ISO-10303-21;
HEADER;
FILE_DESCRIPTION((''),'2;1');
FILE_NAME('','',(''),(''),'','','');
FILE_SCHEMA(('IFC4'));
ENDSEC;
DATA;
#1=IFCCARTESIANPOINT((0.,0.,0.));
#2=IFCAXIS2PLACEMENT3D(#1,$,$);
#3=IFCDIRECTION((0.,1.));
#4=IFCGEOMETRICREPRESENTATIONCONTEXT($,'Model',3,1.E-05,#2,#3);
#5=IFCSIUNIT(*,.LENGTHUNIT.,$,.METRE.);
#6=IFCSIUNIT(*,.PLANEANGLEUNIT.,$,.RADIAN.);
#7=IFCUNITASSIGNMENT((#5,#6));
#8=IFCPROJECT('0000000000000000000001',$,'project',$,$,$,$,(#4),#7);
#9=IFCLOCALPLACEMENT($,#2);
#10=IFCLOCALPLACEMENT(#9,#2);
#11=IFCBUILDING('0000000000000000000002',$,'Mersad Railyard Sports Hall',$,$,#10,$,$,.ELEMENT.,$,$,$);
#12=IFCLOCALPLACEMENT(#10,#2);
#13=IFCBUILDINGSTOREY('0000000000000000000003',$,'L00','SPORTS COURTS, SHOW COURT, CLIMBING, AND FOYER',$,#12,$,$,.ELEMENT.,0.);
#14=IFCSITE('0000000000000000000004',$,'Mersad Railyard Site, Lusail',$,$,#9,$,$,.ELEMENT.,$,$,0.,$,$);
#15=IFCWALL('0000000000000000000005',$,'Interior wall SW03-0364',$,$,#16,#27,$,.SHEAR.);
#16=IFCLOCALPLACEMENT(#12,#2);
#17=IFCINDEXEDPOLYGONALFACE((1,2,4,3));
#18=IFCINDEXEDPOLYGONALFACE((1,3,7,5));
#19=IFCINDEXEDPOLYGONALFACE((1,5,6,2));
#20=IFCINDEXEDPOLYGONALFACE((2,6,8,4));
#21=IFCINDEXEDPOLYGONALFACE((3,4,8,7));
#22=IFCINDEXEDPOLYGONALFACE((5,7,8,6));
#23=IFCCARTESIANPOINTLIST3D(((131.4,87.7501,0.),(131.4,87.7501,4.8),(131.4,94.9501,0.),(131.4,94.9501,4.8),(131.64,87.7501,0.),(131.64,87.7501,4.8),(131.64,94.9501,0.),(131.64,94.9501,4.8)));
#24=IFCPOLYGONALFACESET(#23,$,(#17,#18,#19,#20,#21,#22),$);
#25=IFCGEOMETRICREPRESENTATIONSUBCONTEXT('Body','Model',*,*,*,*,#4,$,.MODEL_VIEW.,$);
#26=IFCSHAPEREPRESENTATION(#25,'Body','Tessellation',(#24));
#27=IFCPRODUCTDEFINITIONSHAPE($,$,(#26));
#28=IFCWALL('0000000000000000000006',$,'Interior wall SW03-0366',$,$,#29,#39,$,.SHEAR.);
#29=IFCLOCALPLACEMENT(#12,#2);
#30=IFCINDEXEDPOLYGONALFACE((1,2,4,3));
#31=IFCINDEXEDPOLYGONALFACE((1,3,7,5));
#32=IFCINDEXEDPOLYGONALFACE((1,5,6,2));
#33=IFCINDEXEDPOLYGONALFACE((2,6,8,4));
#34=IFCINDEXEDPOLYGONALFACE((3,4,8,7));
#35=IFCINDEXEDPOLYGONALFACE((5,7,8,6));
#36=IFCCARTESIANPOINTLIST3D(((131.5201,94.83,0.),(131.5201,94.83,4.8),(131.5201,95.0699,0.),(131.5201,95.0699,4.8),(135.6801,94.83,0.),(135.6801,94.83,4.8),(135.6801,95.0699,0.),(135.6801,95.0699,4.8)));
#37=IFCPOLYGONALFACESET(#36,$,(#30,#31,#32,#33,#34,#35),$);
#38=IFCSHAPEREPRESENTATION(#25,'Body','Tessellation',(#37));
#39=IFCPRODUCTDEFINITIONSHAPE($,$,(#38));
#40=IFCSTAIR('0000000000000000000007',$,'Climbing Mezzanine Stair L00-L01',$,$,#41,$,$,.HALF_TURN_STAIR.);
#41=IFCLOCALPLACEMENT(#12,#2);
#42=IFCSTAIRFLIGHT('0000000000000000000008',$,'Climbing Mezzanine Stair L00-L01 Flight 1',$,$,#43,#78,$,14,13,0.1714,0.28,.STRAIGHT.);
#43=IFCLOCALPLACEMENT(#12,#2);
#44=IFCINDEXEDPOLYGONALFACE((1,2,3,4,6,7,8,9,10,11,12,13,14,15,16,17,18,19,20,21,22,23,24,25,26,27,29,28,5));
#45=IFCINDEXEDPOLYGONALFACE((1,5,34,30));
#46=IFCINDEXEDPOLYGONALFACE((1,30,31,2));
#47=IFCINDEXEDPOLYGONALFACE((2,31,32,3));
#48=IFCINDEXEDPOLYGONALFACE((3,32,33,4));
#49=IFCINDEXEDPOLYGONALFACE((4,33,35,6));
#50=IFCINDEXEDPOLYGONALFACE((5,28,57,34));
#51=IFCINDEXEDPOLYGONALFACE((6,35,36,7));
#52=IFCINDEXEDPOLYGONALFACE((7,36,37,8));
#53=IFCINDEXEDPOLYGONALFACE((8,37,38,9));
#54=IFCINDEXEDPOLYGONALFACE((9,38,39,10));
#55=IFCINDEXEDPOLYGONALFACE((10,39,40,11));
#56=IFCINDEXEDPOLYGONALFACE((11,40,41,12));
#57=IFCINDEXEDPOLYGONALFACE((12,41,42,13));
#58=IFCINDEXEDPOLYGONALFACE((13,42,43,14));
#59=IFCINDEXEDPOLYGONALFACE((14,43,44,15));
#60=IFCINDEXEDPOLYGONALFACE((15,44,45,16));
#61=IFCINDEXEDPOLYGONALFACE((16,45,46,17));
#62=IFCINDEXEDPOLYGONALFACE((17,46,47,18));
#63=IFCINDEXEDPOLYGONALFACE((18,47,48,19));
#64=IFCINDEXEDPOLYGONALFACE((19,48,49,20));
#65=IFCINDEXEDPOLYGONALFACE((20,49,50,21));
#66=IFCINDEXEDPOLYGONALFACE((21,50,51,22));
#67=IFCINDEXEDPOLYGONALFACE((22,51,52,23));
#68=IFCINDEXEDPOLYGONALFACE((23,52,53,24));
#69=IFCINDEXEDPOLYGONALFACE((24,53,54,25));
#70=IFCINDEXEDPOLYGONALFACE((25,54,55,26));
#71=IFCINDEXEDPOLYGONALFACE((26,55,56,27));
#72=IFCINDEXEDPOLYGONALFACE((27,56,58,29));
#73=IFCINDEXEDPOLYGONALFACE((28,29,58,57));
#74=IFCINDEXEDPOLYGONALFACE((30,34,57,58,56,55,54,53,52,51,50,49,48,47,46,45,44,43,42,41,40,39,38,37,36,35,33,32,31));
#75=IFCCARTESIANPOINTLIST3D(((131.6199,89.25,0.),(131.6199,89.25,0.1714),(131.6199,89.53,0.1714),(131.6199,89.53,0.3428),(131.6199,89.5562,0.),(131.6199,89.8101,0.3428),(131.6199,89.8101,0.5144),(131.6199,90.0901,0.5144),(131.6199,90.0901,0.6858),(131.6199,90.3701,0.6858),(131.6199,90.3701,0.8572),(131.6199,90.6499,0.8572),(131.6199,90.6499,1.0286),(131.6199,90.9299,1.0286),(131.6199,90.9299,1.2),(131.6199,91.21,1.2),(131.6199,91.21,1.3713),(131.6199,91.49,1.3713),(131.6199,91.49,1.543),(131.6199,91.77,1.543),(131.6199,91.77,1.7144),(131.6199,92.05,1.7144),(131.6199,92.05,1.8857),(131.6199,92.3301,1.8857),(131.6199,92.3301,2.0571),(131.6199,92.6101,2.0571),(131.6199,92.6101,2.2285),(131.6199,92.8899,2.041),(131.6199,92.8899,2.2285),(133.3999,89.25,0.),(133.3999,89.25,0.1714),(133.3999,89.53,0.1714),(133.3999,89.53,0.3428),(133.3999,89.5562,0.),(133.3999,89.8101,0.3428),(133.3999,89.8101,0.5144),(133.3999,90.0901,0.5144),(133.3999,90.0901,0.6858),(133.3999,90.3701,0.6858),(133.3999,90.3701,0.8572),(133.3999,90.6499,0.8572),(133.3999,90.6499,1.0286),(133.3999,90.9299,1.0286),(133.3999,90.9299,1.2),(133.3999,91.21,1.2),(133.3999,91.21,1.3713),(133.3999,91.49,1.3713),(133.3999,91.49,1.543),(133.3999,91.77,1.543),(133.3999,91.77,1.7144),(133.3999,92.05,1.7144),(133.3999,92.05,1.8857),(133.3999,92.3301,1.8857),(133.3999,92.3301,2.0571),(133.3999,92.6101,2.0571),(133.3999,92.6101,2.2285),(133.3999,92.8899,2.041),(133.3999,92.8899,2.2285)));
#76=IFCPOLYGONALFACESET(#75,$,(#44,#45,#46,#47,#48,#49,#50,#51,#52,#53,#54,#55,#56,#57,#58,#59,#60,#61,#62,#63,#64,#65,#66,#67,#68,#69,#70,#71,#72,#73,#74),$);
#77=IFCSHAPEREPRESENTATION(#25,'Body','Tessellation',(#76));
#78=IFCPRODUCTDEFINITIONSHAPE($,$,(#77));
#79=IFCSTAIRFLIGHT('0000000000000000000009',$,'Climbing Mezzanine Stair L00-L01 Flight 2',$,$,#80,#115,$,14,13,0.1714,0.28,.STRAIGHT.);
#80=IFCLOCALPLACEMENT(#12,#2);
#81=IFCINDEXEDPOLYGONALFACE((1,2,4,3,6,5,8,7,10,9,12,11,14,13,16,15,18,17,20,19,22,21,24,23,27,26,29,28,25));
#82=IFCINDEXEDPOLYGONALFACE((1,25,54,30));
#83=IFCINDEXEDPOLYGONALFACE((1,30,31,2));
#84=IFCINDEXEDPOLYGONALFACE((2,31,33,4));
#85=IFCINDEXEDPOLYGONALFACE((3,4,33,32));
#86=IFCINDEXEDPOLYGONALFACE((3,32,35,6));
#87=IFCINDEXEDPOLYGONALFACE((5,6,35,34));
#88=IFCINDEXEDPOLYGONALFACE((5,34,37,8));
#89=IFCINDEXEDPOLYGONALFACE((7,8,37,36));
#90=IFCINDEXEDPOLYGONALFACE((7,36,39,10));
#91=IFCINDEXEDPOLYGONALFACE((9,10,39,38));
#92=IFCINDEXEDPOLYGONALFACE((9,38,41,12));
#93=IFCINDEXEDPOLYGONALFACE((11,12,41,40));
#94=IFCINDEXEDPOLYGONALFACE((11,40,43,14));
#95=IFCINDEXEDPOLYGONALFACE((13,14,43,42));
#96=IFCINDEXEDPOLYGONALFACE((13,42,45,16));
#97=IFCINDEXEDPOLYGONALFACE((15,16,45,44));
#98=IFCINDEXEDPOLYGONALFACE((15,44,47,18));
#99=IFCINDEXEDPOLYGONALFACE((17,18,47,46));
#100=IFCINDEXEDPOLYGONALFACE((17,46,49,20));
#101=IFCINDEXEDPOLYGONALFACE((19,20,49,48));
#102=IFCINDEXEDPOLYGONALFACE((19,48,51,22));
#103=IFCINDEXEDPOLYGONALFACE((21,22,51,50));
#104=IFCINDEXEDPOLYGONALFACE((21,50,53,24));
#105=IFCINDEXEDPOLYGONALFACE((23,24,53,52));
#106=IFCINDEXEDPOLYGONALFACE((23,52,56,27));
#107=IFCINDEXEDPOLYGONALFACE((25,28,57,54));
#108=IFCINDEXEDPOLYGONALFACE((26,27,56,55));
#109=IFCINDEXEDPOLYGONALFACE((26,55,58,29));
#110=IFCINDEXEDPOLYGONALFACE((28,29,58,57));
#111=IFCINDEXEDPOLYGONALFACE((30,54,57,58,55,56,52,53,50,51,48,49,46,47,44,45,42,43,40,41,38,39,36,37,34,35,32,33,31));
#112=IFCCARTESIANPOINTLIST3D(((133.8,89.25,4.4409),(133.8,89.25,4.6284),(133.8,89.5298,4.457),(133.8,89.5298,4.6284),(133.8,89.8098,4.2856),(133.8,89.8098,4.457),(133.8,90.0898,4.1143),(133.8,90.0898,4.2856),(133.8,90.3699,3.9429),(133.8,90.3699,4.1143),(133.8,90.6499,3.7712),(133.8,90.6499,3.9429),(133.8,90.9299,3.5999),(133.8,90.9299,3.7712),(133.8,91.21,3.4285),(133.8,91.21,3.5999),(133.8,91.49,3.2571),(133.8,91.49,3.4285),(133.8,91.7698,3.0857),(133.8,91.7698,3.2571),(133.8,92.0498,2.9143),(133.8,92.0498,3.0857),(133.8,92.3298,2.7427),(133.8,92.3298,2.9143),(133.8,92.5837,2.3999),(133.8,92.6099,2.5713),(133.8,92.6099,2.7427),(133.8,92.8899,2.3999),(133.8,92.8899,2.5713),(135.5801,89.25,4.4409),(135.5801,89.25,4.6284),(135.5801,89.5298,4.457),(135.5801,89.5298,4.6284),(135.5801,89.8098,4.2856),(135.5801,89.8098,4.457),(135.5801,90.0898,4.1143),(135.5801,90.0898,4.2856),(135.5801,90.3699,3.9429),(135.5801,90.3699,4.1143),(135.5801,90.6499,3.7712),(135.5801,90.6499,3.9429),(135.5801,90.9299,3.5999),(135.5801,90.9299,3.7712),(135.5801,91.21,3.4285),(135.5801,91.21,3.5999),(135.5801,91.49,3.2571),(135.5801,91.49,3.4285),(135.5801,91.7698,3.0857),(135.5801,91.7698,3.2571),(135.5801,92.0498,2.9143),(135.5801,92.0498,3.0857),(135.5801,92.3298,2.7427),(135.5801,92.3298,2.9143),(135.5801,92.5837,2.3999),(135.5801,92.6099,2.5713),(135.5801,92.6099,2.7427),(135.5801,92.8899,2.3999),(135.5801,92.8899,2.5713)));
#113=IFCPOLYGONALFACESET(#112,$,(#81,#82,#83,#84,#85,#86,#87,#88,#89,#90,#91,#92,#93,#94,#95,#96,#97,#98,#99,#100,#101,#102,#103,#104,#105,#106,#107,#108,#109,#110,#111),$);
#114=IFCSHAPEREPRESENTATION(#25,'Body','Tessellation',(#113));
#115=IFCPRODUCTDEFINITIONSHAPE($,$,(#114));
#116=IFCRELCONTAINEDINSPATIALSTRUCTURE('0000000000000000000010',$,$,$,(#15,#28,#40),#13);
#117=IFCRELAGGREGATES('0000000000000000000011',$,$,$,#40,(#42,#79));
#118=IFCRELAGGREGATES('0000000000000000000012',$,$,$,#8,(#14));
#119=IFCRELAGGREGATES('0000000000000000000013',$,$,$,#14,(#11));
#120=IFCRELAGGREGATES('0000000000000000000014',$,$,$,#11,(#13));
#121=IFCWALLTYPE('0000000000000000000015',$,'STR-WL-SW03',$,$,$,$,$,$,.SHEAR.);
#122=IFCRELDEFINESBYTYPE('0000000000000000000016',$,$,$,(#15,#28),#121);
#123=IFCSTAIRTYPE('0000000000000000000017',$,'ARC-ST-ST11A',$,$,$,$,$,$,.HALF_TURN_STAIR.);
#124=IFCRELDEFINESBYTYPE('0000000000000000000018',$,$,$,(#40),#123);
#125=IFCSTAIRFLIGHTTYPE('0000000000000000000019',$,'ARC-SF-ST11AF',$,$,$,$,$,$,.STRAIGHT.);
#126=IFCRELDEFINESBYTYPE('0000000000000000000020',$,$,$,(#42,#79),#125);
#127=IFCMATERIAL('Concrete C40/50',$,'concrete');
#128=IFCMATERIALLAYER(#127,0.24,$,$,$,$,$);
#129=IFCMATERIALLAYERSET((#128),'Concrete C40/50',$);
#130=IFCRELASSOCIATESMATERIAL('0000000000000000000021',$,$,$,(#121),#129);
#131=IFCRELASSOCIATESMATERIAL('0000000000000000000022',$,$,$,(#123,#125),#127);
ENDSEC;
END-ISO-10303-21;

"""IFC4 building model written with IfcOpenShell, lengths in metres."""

from ifc_helpers import new_model, si_unit, direction, frame, frame_2d, origin, place, context, subcontext, project, spatial, polyline, rectangle, outline, extrude, material, layer, layer_set, type_object, element, aggregate, save


model = new_model("IFC4")

# Units and contexts
model_context = context("Model", 3, precision=1e-05, world=origin(), true_north=direction((0.0, 1.0)))
body_context = subcontext(model_context, "Body", "Model", "MODEL_VIEW")
ifc_project = project(units=[si_unit("LENGTHUNIT", "METRE"), si_unit("PLANEANGLEUNIT", "RADIAN")], contexts=[model_context])

# Site, building, storey
site_placement = place(None, origin())
site = spatial("IfcSite", under=ifc_project, at=site_placement, Name="Mersad Railyard Site, Lusail", CompositionType="ELEMENT", RefElevation=0.0)
building_placement = place(site_placement, origin())
building = spatial("IfcBuilding", under=site, at=building_placement, Name="Mersad Railyard Sports Hall", CompositionType="ELEMENT")
storey_placement = place(building_placement, origin())
storey = spatial("IfcBuildingStorey", under=building, at=storey_placement, Name="L00", Description="SPORTS COURTS, SHOW COURT, CLIMBING, AND FOYER", CompositionType="ELEMENT", Elevation=0.0)

# Shared definitions
ifc_material_1 = material(Name="Concrete C40/50", Category="concrete")

# Walls
ifc_layer_1 = layer(ifc_material_1, 0.24)
ifc_layer_set_1 = layer_set([ifc_layer_1], Name="Concrete C40/50")
wall_type_1 = type_object("IfcWallType", Name="STR-WL-SW03", PredefinedType="SHEAR", material=ifc_layer_set_1)
wall_1_placement = place(storey_placement, frame((131.52, 87.75, 0.0), z_axis=(0.0, 0.0, 1.0), x_axis=(0.0, 1.0, 0.0)))
element("IfcWall", 1, at=wall_1_placement, inside=storey, type_object=wall_type_1, Name="Interior wall SW03-0364", PredefinedType="SHEAR", context=body_context, shape_type="SweptSolid", body=[
    extrude(rectangle(XDim=7.2, YDim=0.24, at=frame_2d((3.6001, 0.0))), origin(), (0.0, 0.0, 1.0), 4.8),
])
wall_2_placement = place(storey_placement, frame((131.52, 94.95, 0.0), z_axis=(0.0, 0.0, 1.0), x_axis=(1.0, 0.0, 0.0)))
element("IfcWall", 2, at=wall_2_placement, inside=storey, type_object=wall_type_1, Name="Interior wall SW03-0366", PredefinedType="SHEAR", context=body_context, shape_type="SweptSolid", body=[
    extrude(rectangle(XDim=4.1599, YDim=0.24, at=frame_2d((2.0801, 0.0))), origin(), (0.0, 0.0, 1.0), 4.8),
])

# Stair, stair flights
stair_type = type_object("IfcStairType", Name="ARC-ST-ST11A", PredefinedType="HALF_TURN_STAIR", material=ifc_material_1)
stair_placement = place(storey_placement, origin())
stair = element("IfcStair", 3, at=stair_placement, inside=storey, type_object=stair_type, Name="Climbing Mezzanine Stair L00-L01", PredefinedType="HALF_TURN_STAIR")
stair_flight_type = type_object("IfcStairFlightType", Name="ARC-SF-ST11AF", PredefinedType="STRAIGHT", material=ifc_material_1)
stair_flight_1_placement = place(storey_placement, frame((132.51, 89.25, 0.0), z_axis=(0.0, 0.0, 1.0), x_axis=(0.0, 1.0, 0.0)))
stair_flight_1 = element("IfcStairFlight", 4, at=stair_flight_1_placement, type_object=stair_flight_type, Name="Climbing Mezzanine Stair L00-L01 Flight 1", NumberOfRisers=14, NumberOfTreads=13, PredefinedType="STRAIGHT", RiserHeight=0.1714, TreadLength=0.28, context=body_context, shape_type="SweptSolid", body=[
    extrude(outline(polyline([(0.0, 0.0), (0.0, 0.1714), (0.28, 0.1714), (0.28, 0.3428), (0.5601, 0.3428), (0.5601, 0.5144), (0.8401, 0.5144), (0.8401, 0.6858), (1.1201, 0.6858), (1.1201, 0.8572), (1.3999, 0.8572), (1.3999, 1.0286), (1.6799, 1.0286), (1.6799, 1.2), (1.96, 1.2), (1.96, 1.3713), (2.24, 1.3713), (2.24, 1.543), (2.52, 1.543), (2.52, 1.7144), (2.8, 1.7144), (2.8, 1.8857), (3.0801, 1.8857), (3.0801, 2.0571), (3.3601, 2.0571), (3.3601, 2.2285), (3.6399, 2.2285), (3.6399, 2.3999), (3.6399, 2.041), (0.3062, 0.0), (0.0, 0.0)])), frame((0.0, 0.8901, 0.0), z_axis=(0.0, -1.0, 0.0), x_axis=(1.0, 0.0, 0.0)), (0.0, 0.0, 1.0), 1.78),
])
stair_flight_2_placement = place(storey_placement, frame((134.6899, 92.8899, 2.3999), z_axis=(0.0, 0.0, 1.0), x_axis=(0.0, -1.0, 0.0)))
stair_flight_2 = element("IfcStairFlight", 5, at=stair_flight_2_placement, type_object=stair_flight_type, Name="Climbing Mezzanine Stair L00-L01 Flight 2", NumberOfRisers=14, NumberOfTreads=13, PredefinedType="STRAIGHT", RiserHeight=0.1714, TreadLength=0.28, context=body_context, shape_type="SweptSolid", body=[
    extrude(outline(polyline([(0.0, 0.0), (0.0, 0.1714), (0.28, 0.1714), (0.28, 0.3428), (0.5601, 0.3428), (0.5601, 0.5144), (0.8401, 0.5144), (0.8401, 0.6858), (1.1201, 0.6858), (1.1201, 0.8572), (1.3999, 0.8572), (1.3999, 1.0286), (1.6799, 1.0286), (1.6799, 1.2), (1.96, 1.2), (1.96, 1.3713), (2.24, 1.3713), (2.24, 1.543), (2.52, 1.543), (2.52, 1.7144), (2.8, 1.7144), (2.8, 1.8857), (3.0801, 1.8857), (3.0801, 2.0571), (3.3601, 2.0571), (3.3601, 2.2285), (3.6399, 2.2285), (3.6399, 2.3999), (3.6399, 2.041), (0.3062, 0.0), (0.0, 0.0)])), frame((0.0, 0.8901, 0.0), z_axis=(0.0, -1.0, 0.0), x_axis=(1.0, 0.0, 0.0)), (0.0, 0.0, 1.0), 1.78),
])
aggregate(stair, [stair_flight_1, stair_flight_2])

save(model, "model.ifc")
